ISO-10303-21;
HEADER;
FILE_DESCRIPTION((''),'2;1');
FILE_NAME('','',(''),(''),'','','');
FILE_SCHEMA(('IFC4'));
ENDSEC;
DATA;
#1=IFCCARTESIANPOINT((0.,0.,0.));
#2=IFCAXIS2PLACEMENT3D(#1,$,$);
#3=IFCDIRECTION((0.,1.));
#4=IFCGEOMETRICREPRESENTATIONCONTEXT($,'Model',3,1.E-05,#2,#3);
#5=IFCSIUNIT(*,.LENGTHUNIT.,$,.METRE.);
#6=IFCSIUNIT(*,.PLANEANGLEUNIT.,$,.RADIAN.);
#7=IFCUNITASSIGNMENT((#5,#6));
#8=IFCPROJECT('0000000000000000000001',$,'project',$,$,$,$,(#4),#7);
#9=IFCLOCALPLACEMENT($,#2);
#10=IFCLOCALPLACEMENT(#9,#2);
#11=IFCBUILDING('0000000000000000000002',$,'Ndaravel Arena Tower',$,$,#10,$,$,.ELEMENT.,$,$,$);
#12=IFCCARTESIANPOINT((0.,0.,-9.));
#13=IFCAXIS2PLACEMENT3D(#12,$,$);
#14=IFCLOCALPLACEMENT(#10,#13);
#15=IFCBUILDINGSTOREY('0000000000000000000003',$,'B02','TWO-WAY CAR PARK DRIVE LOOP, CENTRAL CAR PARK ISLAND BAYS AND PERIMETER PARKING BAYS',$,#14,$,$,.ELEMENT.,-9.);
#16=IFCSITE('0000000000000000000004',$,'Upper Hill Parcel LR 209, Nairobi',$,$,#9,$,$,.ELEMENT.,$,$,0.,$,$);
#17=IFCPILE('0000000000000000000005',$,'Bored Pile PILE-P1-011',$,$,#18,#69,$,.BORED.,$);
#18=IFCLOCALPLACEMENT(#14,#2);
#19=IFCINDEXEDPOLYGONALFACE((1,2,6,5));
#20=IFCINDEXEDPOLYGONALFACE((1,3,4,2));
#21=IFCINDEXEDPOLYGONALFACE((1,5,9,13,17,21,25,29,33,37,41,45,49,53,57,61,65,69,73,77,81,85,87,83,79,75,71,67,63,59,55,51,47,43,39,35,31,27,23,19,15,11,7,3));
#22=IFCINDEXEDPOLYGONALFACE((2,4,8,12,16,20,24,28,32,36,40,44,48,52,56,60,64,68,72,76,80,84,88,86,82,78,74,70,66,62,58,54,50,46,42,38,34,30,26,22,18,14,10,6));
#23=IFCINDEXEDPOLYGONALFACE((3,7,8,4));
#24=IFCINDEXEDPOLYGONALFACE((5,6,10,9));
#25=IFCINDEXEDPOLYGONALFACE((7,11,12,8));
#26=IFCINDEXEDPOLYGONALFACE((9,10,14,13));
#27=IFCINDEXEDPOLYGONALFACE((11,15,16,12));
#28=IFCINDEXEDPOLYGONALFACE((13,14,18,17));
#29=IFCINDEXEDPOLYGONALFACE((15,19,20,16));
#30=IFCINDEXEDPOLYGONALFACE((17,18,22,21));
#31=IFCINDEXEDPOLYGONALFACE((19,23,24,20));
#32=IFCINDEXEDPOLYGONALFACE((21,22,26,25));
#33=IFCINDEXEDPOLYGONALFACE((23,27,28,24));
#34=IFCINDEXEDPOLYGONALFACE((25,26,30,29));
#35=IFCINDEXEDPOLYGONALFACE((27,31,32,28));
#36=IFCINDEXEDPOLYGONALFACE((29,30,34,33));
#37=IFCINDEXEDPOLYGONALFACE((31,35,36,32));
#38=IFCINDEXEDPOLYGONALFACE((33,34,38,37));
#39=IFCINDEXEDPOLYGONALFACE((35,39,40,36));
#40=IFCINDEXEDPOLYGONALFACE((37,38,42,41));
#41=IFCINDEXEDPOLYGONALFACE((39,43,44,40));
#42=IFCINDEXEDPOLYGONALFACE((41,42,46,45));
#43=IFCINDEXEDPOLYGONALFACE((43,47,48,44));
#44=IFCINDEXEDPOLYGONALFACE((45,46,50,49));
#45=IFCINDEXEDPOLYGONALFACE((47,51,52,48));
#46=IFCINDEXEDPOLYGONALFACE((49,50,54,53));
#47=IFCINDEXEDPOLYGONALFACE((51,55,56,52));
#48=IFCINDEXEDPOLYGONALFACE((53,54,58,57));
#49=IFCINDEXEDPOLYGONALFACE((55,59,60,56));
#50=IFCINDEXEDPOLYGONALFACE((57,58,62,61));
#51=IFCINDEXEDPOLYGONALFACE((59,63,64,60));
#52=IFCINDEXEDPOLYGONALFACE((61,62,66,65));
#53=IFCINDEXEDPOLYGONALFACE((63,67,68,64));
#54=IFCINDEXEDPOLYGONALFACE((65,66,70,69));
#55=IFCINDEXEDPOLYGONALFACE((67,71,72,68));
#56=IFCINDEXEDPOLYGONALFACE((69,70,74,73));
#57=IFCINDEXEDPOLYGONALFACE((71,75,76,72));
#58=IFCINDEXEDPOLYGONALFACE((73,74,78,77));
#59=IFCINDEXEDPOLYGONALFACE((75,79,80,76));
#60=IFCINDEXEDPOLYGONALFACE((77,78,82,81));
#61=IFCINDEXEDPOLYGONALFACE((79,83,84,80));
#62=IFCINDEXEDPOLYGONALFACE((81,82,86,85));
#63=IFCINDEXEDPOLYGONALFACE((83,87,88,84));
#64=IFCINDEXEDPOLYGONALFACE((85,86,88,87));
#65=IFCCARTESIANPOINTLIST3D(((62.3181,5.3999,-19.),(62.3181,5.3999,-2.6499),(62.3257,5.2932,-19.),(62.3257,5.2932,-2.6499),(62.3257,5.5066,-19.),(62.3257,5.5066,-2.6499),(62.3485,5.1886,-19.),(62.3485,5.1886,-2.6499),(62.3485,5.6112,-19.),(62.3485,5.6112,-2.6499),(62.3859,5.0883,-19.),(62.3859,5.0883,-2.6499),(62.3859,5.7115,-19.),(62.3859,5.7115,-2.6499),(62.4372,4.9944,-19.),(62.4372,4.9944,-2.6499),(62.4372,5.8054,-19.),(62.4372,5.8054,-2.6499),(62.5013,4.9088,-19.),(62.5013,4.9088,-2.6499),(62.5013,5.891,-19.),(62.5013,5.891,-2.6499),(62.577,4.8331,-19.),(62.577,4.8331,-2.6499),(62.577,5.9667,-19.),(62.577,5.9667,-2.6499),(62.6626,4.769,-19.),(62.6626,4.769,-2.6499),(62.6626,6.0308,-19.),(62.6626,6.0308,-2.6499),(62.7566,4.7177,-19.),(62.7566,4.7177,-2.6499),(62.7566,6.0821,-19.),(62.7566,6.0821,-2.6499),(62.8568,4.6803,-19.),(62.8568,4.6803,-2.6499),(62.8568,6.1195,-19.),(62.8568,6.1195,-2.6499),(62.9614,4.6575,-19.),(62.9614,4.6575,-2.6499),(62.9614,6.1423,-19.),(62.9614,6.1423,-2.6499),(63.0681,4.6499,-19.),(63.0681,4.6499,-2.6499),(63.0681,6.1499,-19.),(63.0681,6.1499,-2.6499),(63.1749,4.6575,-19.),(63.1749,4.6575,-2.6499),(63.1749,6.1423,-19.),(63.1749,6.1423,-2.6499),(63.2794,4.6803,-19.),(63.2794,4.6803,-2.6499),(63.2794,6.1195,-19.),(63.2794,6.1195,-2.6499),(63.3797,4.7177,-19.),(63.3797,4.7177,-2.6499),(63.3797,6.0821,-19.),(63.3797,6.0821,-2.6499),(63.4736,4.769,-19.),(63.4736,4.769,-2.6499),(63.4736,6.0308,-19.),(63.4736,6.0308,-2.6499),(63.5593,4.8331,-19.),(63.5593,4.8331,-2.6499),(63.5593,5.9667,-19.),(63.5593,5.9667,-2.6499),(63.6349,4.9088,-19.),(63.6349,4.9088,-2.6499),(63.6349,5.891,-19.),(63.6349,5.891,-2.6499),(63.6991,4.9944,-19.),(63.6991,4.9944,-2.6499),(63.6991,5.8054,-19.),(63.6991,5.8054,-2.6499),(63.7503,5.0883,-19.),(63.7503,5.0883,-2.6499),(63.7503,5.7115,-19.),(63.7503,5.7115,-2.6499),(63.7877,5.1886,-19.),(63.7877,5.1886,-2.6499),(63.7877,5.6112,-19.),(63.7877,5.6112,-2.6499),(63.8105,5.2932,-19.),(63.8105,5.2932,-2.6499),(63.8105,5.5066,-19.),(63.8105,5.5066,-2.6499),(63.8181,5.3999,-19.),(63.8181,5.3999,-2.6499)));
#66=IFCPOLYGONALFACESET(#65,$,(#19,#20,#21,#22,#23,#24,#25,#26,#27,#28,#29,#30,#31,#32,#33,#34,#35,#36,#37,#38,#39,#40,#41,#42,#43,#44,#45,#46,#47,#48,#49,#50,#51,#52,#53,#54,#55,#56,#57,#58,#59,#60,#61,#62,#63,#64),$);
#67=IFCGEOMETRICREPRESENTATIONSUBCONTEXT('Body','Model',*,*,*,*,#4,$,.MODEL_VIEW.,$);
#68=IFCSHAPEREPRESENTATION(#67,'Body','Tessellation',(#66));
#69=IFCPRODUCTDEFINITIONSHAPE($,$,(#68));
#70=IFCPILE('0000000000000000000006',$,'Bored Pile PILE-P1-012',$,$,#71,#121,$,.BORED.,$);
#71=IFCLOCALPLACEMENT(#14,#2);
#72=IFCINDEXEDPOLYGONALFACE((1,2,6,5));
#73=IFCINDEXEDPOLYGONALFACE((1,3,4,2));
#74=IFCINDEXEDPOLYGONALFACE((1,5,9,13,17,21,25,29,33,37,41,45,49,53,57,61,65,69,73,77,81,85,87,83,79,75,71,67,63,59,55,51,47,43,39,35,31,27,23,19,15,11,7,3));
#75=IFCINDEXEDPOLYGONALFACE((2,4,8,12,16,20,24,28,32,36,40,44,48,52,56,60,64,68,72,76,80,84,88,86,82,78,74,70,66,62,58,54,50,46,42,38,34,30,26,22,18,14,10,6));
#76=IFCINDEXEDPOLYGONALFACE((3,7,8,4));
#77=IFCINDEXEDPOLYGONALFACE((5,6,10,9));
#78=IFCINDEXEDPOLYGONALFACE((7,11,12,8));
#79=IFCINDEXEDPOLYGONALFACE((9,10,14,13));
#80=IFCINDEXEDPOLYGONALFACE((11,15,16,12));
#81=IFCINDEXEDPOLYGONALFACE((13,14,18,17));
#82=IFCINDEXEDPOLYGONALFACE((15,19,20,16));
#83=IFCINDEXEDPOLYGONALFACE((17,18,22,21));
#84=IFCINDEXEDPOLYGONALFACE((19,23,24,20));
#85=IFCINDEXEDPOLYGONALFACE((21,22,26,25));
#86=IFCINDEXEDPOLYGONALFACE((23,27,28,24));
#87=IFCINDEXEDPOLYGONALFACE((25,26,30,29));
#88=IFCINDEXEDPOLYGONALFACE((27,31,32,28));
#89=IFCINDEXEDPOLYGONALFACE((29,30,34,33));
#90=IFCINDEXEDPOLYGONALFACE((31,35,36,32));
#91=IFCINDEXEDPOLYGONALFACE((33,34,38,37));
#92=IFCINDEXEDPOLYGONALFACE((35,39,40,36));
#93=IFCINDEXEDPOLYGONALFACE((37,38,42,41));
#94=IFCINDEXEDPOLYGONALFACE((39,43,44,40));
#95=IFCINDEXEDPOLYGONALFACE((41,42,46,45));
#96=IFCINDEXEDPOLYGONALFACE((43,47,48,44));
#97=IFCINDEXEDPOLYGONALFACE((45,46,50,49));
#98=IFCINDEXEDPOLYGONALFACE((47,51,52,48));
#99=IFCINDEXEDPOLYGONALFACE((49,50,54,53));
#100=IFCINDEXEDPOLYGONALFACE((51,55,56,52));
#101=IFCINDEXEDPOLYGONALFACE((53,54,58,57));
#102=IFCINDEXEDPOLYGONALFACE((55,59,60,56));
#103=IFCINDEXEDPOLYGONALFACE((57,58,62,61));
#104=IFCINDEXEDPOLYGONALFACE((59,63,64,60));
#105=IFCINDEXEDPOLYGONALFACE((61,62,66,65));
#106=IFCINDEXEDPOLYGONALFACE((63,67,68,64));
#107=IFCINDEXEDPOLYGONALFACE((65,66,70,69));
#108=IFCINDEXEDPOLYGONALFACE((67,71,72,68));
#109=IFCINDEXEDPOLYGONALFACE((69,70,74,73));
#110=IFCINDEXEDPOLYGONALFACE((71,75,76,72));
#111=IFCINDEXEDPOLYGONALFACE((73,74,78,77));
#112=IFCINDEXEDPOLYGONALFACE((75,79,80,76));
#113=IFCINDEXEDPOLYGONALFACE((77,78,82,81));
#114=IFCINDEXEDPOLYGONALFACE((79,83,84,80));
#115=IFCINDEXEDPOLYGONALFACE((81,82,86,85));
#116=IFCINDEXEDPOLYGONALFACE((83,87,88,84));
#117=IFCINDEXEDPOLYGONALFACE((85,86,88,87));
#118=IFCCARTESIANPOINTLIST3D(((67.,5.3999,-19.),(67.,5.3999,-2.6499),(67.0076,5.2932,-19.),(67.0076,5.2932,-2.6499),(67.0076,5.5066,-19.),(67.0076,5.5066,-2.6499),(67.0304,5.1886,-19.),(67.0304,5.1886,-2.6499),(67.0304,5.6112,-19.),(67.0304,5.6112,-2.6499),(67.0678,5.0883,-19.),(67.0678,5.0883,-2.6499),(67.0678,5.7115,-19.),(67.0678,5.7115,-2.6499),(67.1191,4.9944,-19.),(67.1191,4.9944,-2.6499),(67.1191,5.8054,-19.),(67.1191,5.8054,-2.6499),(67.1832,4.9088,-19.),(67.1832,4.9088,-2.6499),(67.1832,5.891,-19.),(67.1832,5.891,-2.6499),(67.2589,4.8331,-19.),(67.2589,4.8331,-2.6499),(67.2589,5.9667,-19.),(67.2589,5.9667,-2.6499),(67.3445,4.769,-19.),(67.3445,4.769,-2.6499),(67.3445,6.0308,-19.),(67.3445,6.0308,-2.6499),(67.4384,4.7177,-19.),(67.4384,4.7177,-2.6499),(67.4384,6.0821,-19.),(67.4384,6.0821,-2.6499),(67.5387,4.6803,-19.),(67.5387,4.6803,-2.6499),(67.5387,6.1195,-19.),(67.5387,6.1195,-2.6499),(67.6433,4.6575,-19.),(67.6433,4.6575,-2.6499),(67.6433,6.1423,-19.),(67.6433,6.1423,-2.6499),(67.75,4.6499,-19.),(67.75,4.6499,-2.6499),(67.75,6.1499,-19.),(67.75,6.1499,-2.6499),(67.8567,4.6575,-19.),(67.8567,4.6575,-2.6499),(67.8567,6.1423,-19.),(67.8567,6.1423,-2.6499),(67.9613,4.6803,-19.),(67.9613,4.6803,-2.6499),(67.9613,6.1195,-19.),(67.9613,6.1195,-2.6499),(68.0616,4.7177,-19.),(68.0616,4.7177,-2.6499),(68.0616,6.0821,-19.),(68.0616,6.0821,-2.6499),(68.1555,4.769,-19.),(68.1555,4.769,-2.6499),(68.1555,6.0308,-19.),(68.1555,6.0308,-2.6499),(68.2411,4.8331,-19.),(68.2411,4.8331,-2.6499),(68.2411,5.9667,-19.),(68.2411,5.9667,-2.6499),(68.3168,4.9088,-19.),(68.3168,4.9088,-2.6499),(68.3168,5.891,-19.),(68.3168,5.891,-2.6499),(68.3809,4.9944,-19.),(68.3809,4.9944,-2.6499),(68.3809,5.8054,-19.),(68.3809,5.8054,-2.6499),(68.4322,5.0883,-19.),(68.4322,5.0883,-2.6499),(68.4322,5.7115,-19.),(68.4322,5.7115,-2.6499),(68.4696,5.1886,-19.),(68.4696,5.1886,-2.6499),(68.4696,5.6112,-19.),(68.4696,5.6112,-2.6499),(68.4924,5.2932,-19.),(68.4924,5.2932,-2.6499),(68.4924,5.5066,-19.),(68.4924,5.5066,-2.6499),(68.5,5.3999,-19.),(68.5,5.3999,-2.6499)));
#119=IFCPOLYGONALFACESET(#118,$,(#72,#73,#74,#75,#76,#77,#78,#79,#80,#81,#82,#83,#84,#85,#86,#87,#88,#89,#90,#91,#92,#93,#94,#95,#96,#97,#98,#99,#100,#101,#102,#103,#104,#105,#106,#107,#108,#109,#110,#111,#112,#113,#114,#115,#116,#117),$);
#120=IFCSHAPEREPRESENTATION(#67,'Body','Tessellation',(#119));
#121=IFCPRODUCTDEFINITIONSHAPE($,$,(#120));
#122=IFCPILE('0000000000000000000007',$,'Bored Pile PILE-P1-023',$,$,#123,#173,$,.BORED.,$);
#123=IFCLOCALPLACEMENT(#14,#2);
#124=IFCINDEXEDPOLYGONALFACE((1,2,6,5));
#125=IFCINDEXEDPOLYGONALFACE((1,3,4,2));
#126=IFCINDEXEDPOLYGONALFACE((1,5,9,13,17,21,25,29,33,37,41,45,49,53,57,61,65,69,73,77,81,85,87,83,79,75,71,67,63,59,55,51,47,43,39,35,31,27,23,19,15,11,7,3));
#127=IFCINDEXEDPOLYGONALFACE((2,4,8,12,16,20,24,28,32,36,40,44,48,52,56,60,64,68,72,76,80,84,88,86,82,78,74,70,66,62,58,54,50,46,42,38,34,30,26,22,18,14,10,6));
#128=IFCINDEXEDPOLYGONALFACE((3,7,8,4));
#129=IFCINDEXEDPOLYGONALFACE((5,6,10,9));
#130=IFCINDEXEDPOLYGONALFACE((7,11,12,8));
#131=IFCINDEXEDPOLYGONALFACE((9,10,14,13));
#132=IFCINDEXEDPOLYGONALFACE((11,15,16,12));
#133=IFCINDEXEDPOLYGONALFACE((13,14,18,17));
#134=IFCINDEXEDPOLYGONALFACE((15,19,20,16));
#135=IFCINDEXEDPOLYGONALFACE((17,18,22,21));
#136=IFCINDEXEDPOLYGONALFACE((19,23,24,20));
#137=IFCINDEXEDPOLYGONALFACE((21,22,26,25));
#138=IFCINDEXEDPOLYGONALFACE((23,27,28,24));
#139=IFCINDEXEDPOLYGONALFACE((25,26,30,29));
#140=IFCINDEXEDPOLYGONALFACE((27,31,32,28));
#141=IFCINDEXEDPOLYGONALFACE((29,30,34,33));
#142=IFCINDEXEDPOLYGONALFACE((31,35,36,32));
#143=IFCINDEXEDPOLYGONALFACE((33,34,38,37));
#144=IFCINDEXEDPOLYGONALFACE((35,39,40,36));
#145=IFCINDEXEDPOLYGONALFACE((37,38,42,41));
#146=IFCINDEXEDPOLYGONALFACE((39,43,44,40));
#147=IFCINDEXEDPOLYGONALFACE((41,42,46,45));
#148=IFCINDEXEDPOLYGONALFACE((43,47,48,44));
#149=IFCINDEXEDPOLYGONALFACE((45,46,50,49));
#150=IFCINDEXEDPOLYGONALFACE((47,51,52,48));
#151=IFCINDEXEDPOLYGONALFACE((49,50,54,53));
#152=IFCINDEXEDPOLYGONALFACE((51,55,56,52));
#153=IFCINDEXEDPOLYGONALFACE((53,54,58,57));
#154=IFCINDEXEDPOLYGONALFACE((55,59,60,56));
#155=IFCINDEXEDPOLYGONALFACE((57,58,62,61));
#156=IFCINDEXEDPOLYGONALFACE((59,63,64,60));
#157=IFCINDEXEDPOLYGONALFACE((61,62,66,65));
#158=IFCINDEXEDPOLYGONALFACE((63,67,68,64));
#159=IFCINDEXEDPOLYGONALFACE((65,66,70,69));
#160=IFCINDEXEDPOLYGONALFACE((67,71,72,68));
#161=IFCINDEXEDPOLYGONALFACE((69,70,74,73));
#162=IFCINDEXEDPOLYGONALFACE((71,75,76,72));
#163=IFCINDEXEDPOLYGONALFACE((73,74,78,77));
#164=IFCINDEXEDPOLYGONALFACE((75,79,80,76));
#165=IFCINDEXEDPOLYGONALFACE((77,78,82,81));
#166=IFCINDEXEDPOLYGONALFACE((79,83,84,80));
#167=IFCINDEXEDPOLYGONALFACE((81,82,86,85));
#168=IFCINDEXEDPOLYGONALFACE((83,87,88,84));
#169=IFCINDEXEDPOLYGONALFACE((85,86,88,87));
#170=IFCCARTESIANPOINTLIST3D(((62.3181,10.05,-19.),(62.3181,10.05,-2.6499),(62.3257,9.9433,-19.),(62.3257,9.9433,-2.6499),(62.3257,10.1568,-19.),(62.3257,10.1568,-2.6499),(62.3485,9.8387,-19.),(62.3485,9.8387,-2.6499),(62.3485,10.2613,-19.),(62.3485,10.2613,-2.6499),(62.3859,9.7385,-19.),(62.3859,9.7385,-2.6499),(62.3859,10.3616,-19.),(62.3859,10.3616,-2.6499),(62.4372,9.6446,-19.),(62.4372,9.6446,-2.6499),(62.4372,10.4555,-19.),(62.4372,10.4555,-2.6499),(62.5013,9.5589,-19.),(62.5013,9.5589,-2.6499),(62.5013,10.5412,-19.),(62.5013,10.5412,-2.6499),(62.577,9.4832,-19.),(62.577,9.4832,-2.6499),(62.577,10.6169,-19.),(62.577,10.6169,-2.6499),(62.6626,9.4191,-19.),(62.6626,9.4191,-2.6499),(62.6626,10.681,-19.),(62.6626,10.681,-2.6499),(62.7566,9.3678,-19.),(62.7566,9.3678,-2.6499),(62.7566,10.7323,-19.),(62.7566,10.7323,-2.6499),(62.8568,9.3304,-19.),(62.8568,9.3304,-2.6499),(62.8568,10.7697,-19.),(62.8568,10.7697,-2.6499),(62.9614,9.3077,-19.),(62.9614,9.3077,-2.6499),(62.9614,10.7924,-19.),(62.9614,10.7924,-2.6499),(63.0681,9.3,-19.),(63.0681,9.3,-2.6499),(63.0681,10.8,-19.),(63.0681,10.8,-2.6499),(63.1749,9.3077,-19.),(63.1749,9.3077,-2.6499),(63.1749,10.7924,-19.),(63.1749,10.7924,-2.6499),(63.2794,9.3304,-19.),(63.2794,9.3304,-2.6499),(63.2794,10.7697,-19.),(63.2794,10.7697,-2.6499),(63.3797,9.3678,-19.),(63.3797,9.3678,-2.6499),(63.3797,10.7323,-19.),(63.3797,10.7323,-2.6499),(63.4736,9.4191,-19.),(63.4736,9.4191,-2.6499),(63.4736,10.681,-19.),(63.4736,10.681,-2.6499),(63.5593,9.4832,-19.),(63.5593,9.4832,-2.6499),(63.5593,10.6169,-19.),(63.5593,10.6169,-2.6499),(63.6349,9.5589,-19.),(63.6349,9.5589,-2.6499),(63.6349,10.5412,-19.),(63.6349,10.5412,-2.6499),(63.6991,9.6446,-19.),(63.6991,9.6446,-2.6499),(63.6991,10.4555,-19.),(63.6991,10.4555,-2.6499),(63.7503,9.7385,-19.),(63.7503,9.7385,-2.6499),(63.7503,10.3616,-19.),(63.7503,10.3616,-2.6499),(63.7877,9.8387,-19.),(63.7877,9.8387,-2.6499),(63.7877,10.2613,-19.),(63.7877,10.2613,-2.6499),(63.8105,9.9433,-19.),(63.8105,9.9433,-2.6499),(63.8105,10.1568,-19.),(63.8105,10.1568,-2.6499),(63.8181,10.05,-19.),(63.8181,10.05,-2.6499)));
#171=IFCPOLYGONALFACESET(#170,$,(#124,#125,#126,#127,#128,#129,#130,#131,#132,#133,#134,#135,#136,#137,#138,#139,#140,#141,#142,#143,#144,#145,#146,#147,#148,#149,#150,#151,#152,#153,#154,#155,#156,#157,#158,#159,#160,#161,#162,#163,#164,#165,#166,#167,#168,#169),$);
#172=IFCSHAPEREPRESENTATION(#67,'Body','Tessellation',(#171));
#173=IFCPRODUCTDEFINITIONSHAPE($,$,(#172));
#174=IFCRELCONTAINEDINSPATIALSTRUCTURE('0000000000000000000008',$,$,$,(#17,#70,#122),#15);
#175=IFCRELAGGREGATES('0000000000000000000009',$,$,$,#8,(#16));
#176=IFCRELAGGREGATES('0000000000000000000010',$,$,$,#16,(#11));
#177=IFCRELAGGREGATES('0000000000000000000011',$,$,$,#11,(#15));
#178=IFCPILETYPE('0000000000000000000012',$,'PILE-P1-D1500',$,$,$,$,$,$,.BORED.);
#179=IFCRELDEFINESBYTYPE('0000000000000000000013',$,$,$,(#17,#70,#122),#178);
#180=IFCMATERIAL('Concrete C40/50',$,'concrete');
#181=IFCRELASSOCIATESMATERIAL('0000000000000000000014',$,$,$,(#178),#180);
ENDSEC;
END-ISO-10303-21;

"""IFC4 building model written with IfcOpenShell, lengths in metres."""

from ifc_helpers import new_model, si_unit, direction, frame, origin, origin_2d, place, context, subcontext, project, spatial, circle, extrude, material, material_profile, profile_set, type_object, element, save


model = new_model("IFC4")

# Units and contexts
model_context = context("Model", 3, precision=1e-05, world=origin(), true_north=direction((0.0, 1.0)))
body_context = subcontext(model_context, "Body", "Model", "MODEL_VIEW")
ifc_project = project(units=[si_unit("LENGTHUNIT", "METRE"), si_unit("PLANEANGLEUNIT", "RADIAN")], contexts=[model_context])

# Site, building, storey
site_placement = place(None, origin())
site = spatial("IfcSite", under=ifc_project, at=site_placement, Name="Upper Hill Parcel LR 209, Nairobi", CompositionType="ELEMENT", RefElevation=0.0)
building_placement = place(site_placement, origin())
building = spatial("IfcBuilding", under=site, at=building_placement, Name="Ndaravel Arena Tower", CompositionType="ELEMENT")
storey_placement = place(building_placement, frame((0.0, 0.0, -9.0)))
storey = spatial("IfcBuildingStorey", under=building, at=storey_placement, Name="B02", Description="TWO-WAY CAR PARK DRIVE LOOP, CENTRAL CAR PARK ISLAND BAYS AND PERIMETER PARKING BAYS", CompositionType="ELEMENT", Elevation=-9.0)

# Piles
ifc_material_1 = material(Name="Concrete C40/50", Category="concrete")
ifc_material_profile_1 = material_profile(ifc_material_1, circle(Radius=0.75, at=origin_2d()), Name="BORED PILE D1500")
ifc_profile_set_1 = profile_set([ifc_material_profile_1], Name="Concrete C40/50")
pile_type = type_object("IfcPileType", Name="PILE-P1-D1500", PredefinedType="BORED", material=ifc_profile_set_1)
for number, where, z_axis, x_axis, name in (
    (1, (63.0681, 5.3999, -2.6499), (0.0, 0.0, -1.0), (1.0, 0.0, 0.0), "Bored Pile PILE-P1-011"),
    (2, (67.75, 5.3999, -2.6499), (0.0, 0.0, -1.0), (1.0, 0.0, 0.0), "Bored Pile PILE-P1-012"),
    (3, (63.0681, 10.05, -2.6499), (0.0, 0.0, -1.0), (1.0, 0.0, 0.0), "Bored Pile PILE-P1-023"),
):
    element("IfcPile", number, at=place(storey_placement, frame(where, z_axis=z_axis, x_axis=x_axis)), inside=storey, type_object=pile_type, Name=name, PredefinedType="BORED", context=body_context, shape_type="SweptSolid", body=[
        extrude(circle(Radius=0.75, at=origin_2d()), origin(), (0.0, 0.0, 1.0), 16.3501),
    ])

save(model, "model.ifc")
